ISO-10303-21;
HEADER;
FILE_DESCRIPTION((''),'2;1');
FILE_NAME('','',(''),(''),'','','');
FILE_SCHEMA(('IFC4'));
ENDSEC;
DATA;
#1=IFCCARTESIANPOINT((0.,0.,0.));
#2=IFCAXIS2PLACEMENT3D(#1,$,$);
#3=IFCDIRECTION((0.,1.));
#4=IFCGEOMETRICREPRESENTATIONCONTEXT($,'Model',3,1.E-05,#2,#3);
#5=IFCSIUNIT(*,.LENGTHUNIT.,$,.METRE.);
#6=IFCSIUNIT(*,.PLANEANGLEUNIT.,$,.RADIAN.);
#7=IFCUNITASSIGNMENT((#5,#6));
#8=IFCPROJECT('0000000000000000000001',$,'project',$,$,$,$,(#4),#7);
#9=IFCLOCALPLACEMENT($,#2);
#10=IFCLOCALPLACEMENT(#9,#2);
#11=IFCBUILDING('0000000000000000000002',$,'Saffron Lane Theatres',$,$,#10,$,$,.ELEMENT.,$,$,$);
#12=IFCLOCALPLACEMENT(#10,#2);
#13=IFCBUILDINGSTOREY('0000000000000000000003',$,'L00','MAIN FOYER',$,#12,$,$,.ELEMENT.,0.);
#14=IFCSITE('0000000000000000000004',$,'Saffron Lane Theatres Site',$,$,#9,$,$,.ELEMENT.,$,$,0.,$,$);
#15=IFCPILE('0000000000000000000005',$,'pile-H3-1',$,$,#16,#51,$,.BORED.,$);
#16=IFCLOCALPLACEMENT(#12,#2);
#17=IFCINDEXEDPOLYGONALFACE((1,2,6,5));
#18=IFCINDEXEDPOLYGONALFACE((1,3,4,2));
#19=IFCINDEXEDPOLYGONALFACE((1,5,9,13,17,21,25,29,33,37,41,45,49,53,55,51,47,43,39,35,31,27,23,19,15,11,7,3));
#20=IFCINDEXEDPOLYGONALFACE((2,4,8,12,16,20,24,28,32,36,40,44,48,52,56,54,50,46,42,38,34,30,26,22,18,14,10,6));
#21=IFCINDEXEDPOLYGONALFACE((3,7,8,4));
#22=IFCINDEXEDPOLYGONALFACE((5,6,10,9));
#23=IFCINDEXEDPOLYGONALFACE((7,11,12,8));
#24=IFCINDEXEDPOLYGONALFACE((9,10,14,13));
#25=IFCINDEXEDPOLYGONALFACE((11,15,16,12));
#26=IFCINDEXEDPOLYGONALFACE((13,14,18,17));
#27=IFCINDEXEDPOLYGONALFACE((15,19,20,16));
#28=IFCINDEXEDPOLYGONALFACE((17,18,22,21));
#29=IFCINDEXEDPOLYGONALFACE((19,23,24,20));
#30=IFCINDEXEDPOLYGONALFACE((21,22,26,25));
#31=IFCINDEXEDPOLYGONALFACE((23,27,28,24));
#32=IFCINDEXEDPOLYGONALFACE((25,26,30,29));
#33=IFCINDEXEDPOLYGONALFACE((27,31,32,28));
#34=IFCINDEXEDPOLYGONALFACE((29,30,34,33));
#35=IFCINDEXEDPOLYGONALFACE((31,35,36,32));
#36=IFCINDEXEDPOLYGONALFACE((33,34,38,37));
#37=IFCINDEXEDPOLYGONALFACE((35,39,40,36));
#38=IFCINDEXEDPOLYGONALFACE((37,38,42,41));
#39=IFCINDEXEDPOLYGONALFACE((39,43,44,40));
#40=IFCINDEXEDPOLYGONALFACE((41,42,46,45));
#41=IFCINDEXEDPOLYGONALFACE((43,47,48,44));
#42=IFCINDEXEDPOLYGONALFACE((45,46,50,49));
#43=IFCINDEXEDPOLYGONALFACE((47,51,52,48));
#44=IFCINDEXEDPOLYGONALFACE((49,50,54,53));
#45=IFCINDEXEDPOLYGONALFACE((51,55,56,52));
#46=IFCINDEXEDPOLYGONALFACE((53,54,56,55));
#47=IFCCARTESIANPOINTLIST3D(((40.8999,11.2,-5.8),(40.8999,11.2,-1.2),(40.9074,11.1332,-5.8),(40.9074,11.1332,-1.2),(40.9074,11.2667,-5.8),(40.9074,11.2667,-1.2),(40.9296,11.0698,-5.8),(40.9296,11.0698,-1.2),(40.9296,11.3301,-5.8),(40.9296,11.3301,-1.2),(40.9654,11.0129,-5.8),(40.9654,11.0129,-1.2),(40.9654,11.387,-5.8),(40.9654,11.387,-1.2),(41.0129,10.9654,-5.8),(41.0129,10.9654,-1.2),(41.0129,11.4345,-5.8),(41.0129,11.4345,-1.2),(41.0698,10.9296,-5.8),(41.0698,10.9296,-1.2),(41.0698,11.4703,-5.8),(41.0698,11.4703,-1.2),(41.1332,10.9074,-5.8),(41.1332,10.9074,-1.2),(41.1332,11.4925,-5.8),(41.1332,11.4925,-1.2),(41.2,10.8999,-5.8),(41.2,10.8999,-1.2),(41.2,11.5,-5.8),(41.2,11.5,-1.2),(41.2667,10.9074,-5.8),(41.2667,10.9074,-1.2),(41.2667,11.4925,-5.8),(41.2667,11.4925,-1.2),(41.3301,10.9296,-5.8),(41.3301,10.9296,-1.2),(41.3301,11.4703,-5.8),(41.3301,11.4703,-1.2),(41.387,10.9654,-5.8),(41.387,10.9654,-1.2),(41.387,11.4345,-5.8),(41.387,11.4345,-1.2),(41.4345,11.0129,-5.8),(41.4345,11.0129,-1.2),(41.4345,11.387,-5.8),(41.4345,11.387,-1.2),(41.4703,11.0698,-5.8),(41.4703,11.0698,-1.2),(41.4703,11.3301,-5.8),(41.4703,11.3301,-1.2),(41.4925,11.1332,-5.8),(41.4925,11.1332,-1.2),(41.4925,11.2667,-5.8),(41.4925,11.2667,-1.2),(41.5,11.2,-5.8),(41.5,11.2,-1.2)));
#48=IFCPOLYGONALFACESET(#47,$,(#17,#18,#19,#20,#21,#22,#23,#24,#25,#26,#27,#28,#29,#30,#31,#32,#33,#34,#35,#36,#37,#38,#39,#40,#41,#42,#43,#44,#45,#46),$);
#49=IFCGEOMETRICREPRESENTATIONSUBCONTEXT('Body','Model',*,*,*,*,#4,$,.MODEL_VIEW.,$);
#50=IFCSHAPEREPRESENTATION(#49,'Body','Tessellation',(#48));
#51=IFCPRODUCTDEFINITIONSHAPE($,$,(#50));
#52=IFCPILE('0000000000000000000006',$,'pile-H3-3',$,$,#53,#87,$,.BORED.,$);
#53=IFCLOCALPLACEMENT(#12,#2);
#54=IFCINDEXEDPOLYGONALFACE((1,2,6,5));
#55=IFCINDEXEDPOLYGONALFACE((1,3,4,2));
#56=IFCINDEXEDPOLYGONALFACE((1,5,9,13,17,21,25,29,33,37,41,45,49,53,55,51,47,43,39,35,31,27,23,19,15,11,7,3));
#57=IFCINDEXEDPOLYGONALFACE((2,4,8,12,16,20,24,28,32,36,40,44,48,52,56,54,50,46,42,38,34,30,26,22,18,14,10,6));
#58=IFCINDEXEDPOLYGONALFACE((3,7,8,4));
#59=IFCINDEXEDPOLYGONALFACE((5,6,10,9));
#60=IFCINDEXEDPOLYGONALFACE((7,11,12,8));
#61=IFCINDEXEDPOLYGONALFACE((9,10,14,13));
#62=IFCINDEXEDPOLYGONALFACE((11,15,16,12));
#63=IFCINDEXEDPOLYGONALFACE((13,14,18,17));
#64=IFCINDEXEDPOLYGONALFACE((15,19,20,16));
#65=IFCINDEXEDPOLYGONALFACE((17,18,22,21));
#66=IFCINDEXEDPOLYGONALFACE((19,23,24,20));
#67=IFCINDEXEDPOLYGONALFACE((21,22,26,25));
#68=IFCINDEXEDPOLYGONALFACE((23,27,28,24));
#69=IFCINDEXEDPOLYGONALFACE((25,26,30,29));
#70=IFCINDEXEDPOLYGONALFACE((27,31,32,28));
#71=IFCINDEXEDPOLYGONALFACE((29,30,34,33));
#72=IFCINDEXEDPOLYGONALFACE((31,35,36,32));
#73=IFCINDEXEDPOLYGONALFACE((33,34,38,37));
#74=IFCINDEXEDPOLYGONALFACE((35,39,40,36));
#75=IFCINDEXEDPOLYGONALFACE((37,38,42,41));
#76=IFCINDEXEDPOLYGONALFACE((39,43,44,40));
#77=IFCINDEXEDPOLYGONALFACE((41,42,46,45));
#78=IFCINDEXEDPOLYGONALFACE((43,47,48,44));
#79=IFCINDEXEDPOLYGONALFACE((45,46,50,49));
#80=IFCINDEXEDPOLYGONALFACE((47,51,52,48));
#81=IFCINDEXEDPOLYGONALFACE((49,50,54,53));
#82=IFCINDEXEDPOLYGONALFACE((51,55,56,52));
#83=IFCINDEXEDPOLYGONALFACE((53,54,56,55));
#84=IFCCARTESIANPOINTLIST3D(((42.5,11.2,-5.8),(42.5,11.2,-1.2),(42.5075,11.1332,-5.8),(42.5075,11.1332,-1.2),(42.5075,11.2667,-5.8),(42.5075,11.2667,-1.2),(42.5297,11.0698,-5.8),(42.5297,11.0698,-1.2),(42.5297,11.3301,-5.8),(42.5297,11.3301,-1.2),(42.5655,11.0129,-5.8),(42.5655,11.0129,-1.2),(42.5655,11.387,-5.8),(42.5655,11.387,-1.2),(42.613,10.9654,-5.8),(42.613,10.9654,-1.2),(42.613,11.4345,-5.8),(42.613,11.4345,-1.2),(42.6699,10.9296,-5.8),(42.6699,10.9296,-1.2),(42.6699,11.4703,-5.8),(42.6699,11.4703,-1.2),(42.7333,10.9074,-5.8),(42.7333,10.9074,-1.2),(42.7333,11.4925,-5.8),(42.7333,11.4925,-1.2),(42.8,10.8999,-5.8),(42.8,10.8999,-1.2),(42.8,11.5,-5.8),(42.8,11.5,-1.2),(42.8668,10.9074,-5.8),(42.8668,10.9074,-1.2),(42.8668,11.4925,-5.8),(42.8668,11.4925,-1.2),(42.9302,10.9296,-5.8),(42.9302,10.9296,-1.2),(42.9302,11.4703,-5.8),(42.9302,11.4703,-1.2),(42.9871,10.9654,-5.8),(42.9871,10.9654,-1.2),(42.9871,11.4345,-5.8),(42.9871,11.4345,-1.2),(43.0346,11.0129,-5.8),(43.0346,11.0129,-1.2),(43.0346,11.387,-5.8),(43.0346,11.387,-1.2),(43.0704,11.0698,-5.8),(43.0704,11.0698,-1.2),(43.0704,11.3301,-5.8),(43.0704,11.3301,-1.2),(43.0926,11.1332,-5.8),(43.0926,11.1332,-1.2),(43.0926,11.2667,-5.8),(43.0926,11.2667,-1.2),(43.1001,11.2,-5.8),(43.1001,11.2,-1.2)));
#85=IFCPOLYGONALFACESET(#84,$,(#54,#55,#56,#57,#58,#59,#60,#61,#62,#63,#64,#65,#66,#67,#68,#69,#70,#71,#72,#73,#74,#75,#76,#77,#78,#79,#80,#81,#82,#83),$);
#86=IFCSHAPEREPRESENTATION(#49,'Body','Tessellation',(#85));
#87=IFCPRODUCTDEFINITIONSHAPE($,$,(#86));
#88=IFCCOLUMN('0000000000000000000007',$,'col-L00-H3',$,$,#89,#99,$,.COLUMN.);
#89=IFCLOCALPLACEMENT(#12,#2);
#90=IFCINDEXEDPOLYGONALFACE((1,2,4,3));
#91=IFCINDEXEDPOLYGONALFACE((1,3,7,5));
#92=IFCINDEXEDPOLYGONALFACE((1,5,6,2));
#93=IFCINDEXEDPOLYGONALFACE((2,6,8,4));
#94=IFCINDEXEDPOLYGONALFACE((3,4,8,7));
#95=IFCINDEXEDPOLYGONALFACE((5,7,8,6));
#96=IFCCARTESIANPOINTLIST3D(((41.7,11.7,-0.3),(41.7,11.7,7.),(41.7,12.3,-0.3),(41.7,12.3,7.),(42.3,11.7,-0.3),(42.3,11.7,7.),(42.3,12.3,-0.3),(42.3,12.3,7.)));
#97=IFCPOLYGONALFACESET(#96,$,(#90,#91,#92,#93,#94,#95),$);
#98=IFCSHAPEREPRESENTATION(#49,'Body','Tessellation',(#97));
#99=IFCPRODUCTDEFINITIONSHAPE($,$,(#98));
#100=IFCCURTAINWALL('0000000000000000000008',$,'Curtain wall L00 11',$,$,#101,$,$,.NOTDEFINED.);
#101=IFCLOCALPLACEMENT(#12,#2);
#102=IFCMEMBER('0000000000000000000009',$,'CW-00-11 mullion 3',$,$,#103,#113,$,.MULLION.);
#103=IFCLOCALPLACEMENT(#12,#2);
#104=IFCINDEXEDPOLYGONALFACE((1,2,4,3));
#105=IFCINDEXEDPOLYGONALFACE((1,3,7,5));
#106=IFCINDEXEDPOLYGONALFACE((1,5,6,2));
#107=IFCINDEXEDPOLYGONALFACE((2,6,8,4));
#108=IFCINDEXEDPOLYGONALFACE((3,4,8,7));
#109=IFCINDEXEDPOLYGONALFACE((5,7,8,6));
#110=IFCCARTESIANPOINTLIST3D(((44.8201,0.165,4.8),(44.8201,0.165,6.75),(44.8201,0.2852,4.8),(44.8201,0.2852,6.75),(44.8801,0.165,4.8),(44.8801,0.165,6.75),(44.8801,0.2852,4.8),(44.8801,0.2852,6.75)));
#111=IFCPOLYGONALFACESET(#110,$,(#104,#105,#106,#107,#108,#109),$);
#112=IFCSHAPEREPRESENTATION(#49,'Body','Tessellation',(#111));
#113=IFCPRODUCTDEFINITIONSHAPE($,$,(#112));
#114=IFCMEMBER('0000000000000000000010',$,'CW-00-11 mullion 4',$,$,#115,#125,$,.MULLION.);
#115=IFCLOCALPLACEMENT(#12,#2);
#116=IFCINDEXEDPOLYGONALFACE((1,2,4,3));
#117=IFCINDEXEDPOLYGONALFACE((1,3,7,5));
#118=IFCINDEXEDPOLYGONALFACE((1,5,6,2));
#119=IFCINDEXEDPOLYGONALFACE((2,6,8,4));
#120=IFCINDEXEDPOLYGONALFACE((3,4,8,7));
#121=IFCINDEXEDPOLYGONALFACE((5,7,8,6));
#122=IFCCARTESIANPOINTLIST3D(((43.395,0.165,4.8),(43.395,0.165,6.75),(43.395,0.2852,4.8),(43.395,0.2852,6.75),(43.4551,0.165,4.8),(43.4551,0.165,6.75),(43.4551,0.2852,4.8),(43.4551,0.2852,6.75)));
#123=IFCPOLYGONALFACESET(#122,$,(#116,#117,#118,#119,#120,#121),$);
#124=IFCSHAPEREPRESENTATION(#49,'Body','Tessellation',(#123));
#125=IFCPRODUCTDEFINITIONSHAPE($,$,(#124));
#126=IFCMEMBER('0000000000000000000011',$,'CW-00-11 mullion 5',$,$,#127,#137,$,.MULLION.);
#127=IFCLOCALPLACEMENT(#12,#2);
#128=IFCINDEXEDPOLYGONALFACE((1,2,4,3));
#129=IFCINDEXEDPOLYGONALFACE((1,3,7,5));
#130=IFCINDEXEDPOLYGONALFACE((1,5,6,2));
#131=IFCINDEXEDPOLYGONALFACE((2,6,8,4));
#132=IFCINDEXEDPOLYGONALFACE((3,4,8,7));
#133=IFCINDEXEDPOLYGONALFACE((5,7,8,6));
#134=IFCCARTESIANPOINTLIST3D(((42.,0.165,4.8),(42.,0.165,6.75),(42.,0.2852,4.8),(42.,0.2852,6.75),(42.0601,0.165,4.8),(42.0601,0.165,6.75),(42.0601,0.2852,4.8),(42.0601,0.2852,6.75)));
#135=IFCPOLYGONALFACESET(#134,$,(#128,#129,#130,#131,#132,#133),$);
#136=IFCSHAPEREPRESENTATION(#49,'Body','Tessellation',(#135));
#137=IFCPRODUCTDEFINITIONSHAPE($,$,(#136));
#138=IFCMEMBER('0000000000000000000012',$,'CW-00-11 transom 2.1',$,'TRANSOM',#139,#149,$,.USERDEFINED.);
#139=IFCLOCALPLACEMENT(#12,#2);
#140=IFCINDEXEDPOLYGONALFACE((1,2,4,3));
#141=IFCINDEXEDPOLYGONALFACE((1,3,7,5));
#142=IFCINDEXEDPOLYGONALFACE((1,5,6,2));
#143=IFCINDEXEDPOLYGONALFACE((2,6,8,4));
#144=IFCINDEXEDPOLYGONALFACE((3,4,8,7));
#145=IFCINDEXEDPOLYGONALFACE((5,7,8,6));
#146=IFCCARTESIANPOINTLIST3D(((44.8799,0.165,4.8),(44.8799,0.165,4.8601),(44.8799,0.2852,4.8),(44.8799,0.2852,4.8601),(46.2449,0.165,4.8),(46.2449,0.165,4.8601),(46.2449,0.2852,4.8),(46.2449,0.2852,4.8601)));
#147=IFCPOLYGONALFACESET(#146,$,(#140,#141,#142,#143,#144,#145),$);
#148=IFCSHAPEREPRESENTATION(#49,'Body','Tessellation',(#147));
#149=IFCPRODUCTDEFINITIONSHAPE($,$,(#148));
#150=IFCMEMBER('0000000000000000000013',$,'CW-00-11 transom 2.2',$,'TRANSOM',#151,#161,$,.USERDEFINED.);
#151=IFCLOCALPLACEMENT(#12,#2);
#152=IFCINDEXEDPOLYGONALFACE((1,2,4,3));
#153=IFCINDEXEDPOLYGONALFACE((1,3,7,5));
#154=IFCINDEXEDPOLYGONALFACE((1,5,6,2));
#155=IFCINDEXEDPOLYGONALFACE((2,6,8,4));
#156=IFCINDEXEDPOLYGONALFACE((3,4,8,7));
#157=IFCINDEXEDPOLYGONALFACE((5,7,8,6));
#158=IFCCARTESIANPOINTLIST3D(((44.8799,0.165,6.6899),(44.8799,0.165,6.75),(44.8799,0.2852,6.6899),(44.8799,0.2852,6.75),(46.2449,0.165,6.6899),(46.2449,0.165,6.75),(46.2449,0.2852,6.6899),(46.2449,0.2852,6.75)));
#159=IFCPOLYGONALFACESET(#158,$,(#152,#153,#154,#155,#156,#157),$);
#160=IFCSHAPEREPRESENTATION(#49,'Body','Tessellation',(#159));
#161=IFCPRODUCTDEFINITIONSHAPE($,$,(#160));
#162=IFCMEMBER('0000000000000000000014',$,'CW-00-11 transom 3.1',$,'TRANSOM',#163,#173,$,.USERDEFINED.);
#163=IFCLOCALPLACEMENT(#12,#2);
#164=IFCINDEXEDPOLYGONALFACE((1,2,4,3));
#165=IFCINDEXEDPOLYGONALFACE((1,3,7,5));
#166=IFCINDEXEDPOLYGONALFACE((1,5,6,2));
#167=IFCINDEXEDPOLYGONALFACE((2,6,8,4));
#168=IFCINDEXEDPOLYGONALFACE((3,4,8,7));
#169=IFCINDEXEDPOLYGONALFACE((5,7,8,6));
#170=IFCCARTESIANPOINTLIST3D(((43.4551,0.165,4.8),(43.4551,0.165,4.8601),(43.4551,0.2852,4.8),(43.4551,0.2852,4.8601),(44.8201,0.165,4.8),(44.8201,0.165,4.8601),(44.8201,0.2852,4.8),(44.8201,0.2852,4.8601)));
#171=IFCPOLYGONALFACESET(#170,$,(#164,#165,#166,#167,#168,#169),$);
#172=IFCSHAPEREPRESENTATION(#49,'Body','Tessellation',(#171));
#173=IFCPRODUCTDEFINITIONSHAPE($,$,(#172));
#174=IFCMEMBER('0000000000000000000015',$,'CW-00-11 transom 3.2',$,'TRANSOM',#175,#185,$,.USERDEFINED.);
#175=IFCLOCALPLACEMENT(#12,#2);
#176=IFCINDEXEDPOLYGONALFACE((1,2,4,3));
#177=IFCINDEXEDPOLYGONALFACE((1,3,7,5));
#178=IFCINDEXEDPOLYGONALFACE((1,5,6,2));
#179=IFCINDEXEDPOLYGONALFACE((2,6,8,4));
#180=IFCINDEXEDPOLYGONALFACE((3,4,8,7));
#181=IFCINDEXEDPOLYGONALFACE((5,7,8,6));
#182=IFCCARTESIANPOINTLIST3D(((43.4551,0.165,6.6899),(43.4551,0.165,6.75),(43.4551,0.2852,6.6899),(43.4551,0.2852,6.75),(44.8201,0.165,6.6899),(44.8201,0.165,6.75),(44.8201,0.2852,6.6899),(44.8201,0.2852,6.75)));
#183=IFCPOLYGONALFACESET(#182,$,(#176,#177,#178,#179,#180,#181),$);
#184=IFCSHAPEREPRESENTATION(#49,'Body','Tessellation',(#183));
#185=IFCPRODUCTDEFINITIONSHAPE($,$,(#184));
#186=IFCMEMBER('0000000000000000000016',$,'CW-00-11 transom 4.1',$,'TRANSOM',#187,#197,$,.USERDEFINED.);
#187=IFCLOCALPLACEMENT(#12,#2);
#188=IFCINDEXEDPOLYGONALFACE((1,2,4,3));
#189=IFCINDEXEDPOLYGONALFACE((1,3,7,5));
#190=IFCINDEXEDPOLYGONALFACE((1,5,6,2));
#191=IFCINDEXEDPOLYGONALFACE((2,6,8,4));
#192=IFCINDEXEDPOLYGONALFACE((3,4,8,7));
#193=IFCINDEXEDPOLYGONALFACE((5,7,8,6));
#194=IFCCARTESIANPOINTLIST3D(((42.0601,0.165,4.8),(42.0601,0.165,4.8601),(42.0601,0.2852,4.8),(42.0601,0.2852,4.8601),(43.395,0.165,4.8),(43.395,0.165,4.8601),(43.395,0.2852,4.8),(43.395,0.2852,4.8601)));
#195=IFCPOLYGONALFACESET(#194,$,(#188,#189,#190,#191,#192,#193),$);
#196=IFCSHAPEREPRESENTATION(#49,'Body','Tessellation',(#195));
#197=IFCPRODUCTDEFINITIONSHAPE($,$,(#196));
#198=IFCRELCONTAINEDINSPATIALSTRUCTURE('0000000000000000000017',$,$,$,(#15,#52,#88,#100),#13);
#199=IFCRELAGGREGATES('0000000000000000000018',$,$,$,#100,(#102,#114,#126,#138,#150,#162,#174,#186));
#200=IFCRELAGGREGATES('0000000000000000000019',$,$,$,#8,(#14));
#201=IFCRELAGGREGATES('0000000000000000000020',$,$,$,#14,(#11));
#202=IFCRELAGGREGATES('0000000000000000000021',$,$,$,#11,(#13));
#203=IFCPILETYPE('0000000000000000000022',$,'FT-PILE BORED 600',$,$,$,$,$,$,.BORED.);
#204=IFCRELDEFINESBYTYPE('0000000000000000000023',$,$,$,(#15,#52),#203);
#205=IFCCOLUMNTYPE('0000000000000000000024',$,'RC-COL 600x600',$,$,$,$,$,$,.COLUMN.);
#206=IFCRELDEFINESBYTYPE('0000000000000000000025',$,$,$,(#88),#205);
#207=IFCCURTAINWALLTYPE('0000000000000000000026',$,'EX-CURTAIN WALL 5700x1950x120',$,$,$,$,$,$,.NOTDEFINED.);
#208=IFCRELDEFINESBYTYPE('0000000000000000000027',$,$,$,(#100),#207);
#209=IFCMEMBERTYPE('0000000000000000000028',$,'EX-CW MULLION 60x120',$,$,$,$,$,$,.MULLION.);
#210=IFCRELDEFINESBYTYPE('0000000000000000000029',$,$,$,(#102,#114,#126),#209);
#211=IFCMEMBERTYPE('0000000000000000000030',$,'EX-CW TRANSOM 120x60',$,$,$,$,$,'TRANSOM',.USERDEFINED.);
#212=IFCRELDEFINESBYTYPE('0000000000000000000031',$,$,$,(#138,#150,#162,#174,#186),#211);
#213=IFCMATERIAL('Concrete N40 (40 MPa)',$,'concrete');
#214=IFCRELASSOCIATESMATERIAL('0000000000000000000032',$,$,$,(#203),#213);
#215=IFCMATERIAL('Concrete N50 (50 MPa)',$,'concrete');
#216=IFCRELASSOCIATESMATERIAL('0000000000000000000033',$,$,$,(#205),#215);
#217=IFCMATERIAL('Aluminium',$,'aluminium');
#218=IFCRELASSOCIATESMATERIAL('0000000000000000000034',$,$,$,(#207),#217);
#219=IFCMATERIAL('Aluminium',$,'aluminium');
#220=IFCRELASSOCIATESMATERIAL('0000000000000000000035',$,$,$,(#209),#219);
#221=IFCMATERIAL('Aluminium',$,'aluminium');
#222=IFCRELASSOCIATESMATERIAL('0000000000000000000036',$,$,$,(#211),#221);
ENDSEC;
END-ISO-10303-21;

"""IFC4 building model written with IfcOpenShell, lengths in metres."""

from ifc_helpers import new_model, si_unit, direction, frame, origin, origin_2d, place, context, subcontext, project, spatial, rectangle, circle, extrude, material, material_profile, profile_set, type_object, element, aggregate, save


model = new_model("IFC4")

# Units and contexts
model_context = context("Model", 3, precision=1e-05, world=origin(), true_north=direction((0.0, 1.0)))
body_context = subcontext(model_context, "Body", "Model", "MODEL_VIEW")
ifc_project = project(units=[si_unit("LENGTHUNIT", "METRE"), si_unit("PLANEANGLEUNIT", "RADIAN")], contexts=[model_context])

# Site, building, storey
site_placement = place(None, origin())
site = spatial("IfcSite", under=ifc_project, at=site_placement, Name="Saffron Lane Theatres Site", CompositionType="ELEMENT", RefElevation=0.0)
building_placement = place(site_placement, origin())
building = spatial("IfcBuilding", under=site, at=building_placement, Name="Saffron Lane Theatres", CompositionType="ELEMENT")
storey_placement = place(building_placement, origin())
storey = spatial("IfcBuildingStorey", under=building, at=storey_placement, Name="L00", Description="MAIN FOYER", CompositionType="ELEMENT", Elevation=0.0)

# Piles
ifc_material_1 = material(Name="Concrete N40 (40 MPa)", Category="concrete")
ifc_material_profile_1 = material_profile(ifc_material_1, circle(Radius=0.3, at=origin_2d()))
ifc_profile_set_1 = profile_set([ifc_material_profile_1], Name="Concrete N40 (40 MPa)")
pile_type = type_object("IfcPileType", Name="FT-PILE BORED 600", PredefinedType="BORED", material=ifc_profile_set_1)
for number, where, z_axis, x_axis, name in (
    (1, (41.2, 11.2, -1.2), (0.0, 0.0, -1.0), (1.0, 0.0, 0.0), "pile-H3-1"),
    (2, (42.8, 11.2, -1.2), (0.0, 0.0, -1.0), (1.0, 0.0, 0.0), "pile-H3-3"),
):
    element("IfcPile", number, at=place(storey_placement, frame(where, z_axis=z_axis, x_axis=x_axis)), inside=storey, type_object=pile_type, Name=name, PredefinedType="BORED", context=body_context, shape_type="SweptSolid", body=[
        extrude(circle(Radius=0.3, at=origin_2d()), origin(), (0.0, 0.0, 1.0), 4.6001),
    ])

# Column
ifc_material_2 = material(Name="Concrete N50 (50 MPa)", Category="concrete")
ifc_material_profile_2 = material_profile(ifc_material_2, rectangle(XDim=0.6001, YDim=0.6001, at=origin_2d()))
ifc_profile_set_2 = profile_set([ifc_material_profile_2], Name="Concrete N50 (50 MPa)")
column_type = type_object("IfcColumnType", Name="RC-COL 600x600", PredefinedType="COLUMN", material=ifc_profile_set_2)
column_placement = place(storey_placement, frame((42.0, 12.0, -0.3), z_axis=(0.0, 0.0, 1.0), x_axis=(1.0, 0.0, 0.0)))
element("IfcColumn", 3, at=column_placement, inside=storey, type_object=column_type, Name="col-L00-H3", PredefinedType="COLUMN", context=body_context, shape_type="SweptSolid", body=[
    extrude(rectangle(XDim=0.6001, YDim=0.6001, at=origin_2d()), origin(), (0.0, 0.0, 1.0), 7.3),
])

# Curtain wall, members
ifc_material_3 = material(Name="Aluminium", Category="aluminium")
curtain_wall_type = type_object("IfcCurtainWallType", Name="EX-CURTAIN WALL 5700x1950x120", PredefinedType="NOTDEFINED", material=ifc_material_3)
curtain_wall_placement = place(storey_placement, origin())
curtain_wall = element("IfcCurtainWall", 4, at=curtain_wall_placement, inside=storey, type_object=curtain_wall_type, Name="Curtain wall L00 11", PredefinedType="NOTDEFINED")
ifc_material_4 = material(Name="Aluminium", Category="aluminium")
ifc_material_profile_3 = material_profile(ifc_material_4, rectangle(XDim=0.0601, YDim=0.1201, at=origin_2d()))
ifc_profile_set_3 = profile_set([ifc_material_profile_3], Name="Aluminium")
member_type_1 = type_object("IfcMemberType", Name="EX-CW MULLION 60x120", PredefinedType="MULLION", material=ifc_profile_set_3)
member_1_placement = place(storey_placement, frame((44.8501, 0.2251, 4.8), z_axis=(0.0, 0.0, 1.0), x_axis=(-1.0, 0.0, 0.0)))
member_1 = element("IfcMember", 5, at=member_1_placement, type_object=member_type_1, Name="CW-00-11 mullion 3", PredefinedType="MULLION", context=body_context, shape_type="SweptSolid", body=[
    extrude(rectangle(XDim=0.0601, YDim=0.1201, at=origin_2d()), origin(), (0.0, 0.0, 1.0), 1.95),
])
member_2_placement = place(storey_placement, frame((43.425, 0.2251, 4.8), z_axis=(0.0, 0.0, 1.0), x_axis=(-1.0, 0.0, 0.0)))
member_2 = element("IfcMember", 6, at=member_2_placement, type_object=member_type_1, Name="CW-00-11 mullion 4", PredefinedType="MULLION", context=body_context, shape_type="SweptSolid", body=[
    extrude(rectangle(XDim=0.0601, YDim=0.1201, at=origin_2d()), origin(), (0.0, 0.0, 1.0), 1.95),
])
member_3_placement = place(storey_placement, frame((42.03, 0.2251, 4.8), z_axis=(0.0, 0.0, 1.0), x_axis=(-1.0, 0.0, 0.0)))
member_3 = element("IfcMember", 7, at=member_3_placement, type_object=member_type_1, Name="CW-00-11 mullion 5", PredefinedType="MULLION", context=body_context, shape_type="SweptSolid", body=[
    extrude(rectangle(XDim=0.0601, YDim=0.1201, at=origin_2d()), origin(), (0.0, 0.0, 1.0), 1.95),
])
ifc_material_5 = material(Name="Aluminium", Category="aluminium")
ifc_material_profile_4 = material_profile(ifc_material_5, rectangle(XDim=0.1201, YDim=0.0601, at=origin_2d()))
ifc_profile_set_4 = profile_set([ifc_material_profile_4], Name="Aluminium")
member_type_2 = type_object("IfcMemberType", Name="EX-CW TRANSOM 120x60", ElementType="TRANSOM", PredefinedType="USERDEFINED", material=ifc_profile_set_4)
member_4_placement = place(storey_placement, frame((46.2449, 0.2251, 4.8301), z_axis=(-1.0, 0.0, 0.0), x_axis=(0.0, -1.0, 0.0)))
member_4 = element("IfcMember", 8, at=member_4_placement, type_object=member_type_2, Name="CW-00-11 transom 2.1", ObjectType="TRANSOM", PredefinedType="USERDEFINED", context=body_context, shape_type="SweptSolid", body=[
    extrude(rectangle(XDim=0.1201, YDim=0.0601, at=origin_2d()), origin(), (0.0, 0.0, 1.0), 1.365),
])
member_5_placement = place(storey_placement, frame((46.2449, 0.2251, 6.72), z_axis=(-1.0, 0.0, 0.0), x_axis=(0.0, -1.0, 0.0)))
member_5 = element("IfcMember", 9, at=member_5_placement, type_object=member_type_2, Name="CW-00-11 transom 2.2", ObjectType="TRANSOM", PredefinedType="USERDEFINED", context=body_context, shape_type="SweptSolid", body=[
    extrude(rectangle(XDim=0.1201, YDim=0.0601, at=origin_2d()), origin(), (0.0, 0.0, 1.0), 1.365),
])
member_6_placement = place(storey_placement, frame((44.8201, 0.2251, 4.8301), z_axis=(-1.0, 0.0, 0.0), x_axis=(0.0, -1.0, 0.0)))
member_6 = element("IfcMember", 10, at=member_6_placement, type_object=member_type_2, Name="CW-00-11 transom 3.1", ObjectType="TRANSOM", PredefinedType="USERDEFINED", context=body_context, shape_type="SweptSolid", body=[
    extrude(rectangle(XDim=0.1201, YDim=0.0601, at=origin_2d()), origin(), (0.0, 0.0, 1.0), 1.365),
])
member_7_placement = place(storey_placement, frame((44.8201, 0.2251, 6.72), z_axis=(-1.0, 0.0, 0.0), x_axis=(0.0, -1.0, 0.0)))
member_7 = element("IfcMember", 11, at=member_7_placement, type_object=member_type_2, Name="CW-00-11 transom 3.2", ObjectType="TRANSOM", PredefinedType="USERDEFINED", context=body_context, shape_type="SweptSolid", body=[
    extrude(rectangle(XDim=0.1201, YDim=0.0601, at=origin_2d()), origin(), (0.0, 0.0, 1.0), 1.365),
])
member_8_placement = place(storey_placement, frame((43.395, 0.2251, 4.8301), z_axis=(-1.0, 0.0, 0.0), x_axis=(0.0, -1.0, 0.0)))
member_8 = element("IfcMember", 12, at=member_8_placement, type_object=member_type_2, Name="CW-00-11 transom 4.1", ObjectType="TRANSOM", PredefinedType="USERDEFINED", context=body_context, shape_type="SweptSolid", body=[
    extrude(rectangle(XDim=0.1201, YDim=0.0601, at=origin_2d()), origin(), (0.0, 0.0, 1.0), 1.335),
])
aggregate(curtain_wall, [member_1, member_2, member_3, member_4, member_5, member_6, member_7, member_8])

save(model, "model.ifc")
